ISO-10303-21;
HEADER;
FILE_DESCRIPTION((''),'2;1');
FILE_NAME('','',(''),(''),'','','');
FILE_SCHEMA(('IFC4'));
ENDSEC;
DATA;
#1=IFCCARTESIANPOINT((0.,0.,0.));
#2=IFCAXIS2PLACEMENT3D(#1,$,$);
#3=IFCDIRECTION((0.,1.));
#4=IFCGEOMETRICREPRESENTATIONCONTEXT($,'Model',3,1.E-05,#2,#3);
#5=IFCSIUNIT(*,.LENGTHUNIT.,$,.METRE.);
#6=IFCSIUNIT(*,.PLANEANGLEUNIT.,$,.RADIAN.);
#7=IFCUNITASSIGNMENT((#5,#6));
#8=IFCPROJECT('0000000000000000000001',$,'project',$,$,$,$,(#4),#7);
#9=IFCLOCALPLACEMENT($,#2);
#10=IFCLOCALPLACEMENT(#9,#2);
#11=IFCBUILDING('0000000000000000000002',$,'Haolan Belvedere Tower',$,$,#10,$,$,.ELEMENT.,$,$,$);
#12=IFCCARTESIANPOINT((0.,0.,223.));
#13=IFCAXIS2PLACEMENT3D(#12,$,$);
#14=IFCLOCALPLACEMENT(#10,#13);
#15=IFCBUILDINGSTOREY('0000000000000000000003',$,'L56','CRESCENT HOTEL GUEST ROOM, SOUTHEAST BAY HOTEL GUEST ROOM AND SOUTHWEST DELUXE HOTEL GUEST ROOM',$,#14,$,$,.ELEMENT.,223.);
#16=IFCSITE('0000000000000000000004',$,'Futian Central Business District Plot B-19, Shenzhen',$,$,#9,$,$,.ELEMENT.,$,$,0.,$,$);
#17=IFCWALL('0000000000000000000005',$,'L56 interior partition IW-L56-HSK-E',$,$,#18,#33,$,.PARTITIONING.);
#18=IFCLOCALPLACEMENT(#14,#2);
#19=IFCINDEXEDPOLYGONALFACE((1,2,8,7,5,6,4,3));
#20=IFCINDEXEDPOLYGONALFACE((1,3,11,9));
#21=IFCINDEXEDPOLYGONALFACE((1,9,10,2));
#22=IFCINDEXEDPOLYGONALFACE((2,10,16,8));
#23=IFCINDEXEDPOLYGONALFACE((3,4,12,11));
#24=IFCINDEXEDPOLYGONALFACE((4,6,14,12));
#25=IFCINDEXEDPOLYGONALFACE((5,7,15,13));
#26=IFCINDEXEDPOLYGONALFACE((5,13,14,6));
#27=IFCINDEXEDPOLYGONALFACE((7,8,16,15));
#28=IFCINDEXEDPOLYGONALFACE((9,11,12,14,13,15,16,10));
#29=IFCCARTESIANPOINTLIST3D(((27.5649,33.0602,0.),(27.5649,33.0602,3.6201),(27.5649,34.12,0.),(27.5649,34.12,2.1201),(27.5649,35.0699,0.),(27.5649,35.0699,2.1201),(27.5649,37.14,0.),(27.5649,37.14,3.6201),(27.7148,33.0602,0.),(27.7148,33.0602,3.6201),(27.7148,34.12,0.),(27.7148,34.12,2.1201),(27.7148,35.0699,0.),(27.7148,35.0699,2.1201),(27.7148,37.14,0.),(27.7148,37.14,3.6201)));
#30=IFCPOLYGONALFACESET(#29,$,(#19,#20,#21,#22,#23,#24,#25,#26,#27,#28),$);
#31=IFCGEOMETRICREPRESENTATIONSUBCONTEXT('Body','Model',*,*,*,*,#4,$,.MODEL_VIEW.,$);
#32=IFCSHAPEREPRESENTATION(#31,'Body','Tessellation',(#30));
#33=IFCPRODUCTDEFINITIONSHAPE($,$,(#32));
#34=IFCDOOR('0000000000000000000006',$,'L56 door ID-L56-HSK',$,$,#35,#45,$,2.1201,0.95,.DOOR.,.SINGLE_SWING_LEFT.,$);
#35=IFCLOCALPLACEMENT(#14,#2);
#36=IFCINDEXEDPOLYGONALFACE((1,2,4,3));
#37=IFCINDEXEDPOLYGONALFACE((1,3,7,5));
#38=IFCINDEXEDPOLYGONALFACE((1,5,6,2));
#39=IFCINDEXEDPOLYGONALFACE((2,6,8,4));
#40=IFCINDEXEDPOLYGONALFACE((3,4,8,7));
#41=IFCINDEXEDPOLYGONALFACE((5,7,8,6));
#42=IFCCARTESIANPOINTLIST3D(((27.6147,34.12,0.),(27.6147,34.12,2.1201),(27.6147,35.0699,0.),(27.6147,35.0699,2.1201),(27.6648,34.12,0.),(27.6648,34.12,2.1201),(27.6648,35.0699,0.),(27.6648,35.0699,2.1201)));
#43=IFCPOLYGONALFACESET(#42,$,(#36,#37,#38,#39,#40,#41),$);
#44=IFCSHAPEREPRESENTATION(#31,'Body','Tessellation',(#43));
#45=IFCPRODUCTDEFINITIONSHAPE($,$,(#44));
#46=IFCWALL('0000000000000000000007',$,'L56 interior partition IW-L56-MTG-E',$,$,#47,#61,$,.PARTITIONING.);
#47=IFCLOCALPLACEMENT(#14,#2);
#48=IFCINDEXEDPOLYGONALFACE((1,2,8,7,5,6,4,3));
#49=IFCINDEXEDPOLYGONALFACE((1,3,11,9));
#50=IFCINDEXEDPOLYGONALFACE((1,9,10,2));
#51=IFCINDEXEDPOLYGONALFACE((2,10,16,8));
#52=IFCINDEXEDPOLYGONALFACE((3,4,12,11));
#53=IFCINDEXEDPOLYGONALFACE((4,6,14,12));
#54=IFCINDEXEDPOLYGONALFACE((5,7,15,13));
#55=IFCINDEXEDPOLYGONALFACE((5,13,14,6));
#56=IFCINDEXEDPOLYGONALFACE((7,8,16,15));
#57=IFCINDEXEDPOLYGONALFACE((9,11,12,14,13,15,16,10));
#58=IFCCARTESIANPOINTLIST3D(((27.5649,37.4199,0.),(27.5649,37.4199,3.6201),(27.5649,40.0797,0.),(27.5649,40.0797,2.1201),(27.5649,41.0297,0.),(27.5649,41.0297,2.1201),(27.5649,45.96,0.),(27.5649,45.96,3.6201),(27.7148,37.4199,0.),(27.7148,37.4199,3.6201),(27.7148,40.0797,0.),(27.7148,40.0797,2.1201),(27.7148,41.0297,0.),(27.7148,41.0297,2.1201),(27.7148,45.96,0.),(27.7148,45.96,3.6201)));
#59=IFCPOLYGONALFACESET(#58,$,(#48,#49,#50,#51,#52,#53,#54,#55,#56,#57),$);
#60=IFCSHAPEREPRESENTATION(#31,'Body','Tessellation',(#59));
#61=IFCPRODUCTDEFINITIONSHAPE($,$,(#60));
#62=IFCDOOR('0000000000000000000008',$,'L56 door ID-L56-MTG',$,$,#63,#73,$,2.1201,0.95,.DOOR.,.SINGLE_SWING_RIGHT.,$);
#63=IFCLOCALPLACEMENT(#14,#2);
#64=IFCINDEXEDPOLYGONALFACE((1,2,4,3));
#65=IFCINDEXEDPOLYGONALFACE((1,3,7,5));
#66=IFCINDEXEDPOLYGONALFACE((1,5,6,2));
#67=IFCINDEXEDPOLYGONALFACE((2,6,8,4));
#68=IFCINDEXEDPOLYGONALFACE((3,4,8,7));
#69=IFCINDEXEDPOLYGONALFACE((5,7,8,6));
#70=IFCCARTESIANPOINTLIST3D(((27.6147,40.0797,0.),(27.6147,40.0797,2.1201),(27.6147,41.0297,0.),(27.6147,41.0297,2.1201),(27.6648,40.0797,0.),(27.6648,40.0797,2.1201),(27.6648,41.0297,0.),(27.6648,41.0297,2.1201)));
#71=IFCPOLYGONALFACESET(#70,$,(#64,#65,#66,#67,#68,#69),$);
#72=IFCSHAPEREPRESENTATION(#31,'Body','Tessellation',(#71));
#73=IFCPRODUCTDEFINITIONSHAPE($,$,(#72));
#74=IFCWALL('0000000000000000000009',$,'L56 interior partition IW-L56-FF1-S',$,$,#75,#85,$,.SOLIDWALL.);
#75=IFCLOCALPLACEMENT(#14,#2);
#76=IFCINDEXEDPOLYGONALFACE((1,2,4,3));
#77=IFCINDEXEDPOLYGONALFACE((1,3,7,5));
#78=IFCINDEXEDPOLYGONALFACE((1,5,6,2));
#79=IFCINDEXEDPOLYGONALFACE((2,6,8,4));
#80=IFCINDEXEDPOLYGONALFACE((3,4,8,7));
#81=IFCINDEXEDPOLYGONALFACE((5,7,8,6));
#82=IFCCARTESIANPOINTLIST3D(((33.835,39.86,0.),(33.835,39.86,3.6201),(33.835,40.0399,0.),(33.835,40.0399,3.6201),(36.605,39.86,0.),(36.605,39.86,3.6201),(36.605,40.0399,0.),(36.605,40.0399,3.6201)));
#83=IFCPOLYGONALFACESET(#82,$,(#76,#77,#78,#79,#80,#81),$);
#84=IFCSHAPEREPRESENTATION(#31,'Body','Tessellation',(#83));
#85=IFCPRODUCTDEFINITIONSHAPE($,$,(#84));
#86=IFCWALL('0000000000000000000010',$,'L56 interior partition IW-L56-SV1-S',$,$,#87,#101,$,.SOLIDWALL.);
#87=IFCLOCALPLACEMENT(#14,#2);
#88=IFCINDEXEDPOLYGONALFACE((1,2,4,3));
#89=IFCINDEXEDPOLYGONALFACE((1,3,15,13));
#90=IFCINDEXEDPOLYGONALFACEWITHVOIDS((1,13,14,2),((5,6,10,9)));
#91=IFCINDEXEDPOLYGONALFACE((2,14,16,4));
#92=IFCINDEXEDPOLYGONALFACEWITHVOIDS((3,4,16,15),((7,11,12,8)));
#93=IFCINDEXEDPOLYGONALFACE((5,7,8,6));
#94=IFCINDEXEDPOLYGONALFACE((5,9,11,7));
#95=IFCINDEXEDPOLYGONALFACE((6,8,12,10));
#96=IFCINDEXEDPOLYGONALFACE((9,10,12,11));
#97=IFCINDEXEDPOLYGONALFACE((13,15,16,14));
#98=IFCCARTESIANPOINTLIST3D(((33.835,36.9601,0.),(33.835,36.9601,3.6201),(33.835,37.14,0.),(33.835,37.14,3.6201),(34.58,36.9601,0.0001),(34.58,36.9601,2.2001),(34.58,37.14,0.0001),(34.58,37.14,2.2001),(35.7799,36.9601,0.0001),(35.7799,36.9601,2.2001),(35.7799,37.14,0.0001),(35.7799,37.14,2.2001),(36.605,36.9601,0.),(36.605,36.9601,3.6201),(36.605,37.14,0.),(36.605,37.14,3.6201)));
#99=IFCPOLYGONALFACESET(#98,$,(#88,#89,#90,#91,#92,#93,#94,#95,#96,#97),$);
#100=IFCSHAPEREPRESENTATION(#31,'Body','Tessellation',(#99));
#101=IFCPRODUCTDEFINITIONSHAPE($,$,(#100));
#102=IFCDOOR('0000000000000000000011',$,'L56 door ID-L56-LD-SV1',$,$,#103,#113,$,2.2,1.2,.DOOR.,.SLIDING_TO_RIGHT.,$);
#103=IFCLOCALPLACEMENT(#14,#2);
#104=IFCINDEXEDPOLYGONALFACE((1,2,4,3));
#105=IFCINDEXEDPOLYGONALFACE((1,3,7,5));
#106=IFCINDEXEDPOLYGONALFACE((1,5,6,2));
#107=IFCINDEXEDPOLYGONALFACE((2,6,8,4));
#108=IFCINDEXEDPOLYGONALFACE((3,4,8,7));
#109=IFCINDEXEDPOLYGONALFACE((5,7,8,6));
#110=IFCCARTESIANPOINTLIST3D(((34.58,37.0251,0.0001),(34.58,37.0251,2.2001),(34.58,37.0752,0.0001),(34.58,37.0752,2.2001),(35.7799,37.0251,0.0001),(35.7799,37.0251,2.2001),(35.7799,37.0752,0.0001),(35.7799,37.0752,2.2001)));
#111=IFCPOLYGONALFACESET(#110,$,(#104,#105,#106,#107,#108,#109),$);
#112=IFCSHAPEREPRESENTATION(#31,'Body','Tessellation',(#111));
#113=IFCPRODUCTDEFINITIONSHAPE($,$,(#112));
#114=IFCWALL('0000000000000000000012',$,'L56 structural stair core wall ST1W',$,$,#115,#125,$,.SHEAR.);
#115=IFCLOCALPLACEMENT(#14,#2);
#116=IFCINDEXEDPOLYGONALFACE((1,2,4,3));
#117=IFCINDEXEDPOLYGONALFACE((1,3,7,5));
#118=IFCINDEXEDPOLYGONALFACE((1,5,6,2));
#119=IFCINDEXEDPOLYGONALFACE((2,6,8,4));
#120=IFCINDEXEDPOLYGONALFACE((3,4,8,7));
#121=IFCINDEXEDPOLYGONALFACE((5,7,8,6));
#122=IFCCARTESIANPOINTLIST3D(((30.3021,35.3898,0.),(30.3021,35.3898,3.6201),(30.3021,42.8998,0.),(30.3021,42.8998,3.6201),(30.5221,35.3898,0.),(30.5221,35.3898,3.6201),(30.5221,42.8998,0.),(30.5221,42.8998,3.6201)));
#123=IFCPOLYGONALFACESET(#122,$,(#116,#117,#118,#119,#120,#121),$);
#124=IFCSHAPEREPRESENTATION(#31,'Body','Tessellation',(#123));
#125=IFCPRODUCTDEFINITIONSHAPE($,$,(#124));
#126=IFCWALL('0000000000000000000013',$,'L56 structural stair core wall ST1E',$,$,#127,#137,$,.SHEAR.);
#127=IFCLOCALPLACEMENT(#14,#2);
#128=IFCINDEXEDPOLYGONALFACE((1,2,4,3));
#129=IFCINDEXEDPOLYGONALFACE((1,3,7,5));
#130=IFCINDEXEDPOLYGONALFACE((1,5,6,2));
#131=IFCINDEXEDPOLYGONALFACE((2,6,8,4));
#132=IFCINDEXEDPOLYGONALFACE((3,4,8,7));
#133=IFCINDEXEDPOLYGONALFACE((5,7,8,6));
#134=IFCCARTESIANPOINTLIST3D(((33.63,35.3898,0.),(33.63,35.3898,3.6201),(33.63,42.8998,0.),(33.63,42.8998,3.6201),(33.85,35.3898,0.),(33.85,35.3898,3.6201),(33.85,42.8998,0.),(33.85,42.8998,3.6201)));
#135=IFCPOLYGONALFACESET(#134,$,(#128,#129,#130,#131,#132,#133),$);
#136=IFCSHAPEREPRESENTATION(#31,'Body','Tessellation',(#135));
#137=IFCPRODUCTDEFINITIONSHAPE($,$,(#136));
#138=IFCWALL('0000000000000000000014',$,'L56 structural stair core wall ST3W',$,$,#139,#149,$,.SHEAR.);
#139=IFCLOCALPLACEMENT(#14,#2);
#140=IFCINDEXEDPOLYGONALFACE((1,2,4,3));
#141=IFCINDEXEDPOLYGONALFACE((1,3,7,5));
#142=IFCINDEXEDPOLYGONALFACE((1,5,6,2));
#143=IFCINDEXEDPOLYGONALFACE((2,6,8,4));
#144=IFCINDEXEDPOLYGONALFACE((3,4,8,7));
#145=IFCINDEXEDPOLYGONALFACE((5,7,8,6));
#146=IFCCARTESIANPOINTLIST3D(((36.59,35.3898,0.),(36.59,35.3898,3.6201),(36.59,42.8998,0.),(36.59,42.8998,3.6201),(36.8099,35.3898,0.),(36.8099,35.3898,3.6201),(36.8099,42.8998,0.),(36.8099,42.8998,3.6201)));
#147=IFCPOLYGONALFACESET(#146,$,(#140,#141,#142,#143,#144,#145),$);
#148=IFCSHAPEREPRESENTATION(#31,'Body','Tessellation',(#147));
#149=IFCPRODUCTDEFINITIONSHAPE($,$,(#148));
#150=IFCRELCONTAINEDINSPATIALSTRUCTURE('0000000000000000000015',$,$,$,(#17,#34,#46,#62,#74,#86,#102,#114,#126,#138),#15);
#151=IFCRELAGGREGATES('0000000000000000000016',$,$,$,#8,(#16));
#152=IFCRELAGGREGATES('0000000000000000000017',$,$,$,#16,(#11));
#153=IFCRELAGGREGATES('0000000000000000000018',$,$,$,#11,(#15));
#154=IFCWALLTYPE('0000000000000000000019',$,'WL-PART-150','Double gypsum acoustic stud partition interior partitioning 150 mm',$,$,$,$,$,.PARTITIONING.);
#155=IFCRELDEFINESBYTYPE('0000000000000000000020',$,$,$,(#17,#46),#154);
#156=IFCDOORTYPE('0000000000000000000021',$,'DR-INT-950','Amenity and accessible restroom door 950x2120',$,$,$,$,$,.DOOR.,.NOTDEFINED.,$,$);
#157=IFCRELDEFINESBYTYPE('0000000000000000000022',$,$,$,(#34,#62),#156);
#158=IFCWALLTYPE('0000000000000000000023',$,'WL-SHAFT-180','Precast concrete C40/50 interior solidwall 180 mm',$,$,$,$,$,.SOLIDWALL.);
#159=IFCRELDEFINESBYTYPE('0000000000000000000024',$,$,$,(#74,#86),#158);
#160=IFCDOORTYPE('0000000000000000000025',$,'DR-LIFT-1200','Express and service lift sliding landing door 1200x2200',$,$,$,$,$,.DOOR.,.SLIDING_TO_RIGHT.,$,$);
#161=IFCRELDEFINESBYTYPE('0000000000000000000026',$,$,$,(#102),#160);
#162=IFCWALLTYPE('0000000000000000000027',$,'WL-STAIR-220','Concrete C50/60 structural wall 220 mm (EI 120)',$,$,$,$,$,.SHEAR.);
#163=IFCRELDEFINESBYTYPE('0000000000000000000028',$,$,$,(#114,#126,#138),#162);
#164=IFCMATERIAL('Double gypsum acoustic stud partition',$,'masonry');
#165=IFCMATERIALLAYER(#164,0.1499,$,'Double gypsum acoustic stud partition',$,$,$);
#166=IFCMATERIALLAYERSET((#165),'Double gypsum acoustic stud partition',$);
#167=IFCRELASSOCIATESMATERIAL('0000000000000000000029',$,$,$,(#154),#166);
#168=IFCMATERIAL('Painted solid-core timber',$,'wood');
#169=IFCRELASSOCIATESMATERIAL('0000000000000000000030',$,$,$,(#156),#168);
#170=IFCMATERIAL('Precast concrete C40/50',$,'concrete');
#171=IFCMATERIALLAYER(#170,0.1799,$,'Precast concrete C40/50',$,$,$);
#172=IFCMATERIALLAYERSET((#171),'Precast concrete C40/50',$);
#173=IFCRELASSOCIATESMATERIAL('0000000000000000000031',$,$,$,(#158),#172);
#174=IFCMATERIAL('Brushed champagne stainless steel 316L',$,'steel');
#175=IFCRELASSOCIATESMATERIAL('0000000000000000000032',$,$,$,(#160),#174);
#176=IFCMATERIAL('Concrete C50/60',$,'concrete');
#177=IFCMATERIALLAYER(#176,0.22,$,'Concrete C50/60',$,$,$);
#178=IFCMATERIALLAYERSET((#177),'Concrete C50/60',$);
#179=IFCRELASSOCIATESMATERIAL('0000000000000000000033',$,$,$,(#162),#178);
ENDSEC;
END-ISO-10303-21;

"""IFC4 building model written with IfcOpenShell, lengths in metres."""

from ifc_helpers import new_model, si_unit, direction, frame, frame_2d, origin, place, context, subcontext, project, spatial, rectangle, extrude, material, layer, layer_set, type_object, element, fill, save


model = new_model("IFC4")

# Units and contexts
model_context = context("Model", 3, precision=1e-05, world=origin(), true_north=direction((0.0, 1.0)))
body_context = subcontext(model_context, "Body", "Model", "MODEL_VIEW")
ifc_project = project(units=[si_unit("LENGTHUNIT", "METRE"), si_unit("PLANEANGLEUNIT", "RADIAN")], contexts=[model_context])

# Site, building, storey
site_placement = place(None, origin())
site = spatial("IfcSite", under=ifc_project, at=site_placement, Name="Futian Central Business District Plot B-19, Shenzhen", CompositionType="ELEMENT", RefElevation=0.0)
building_placement = place(site_placement, origin())
building = spatial("IfcBuilding", under=site, at=building_placement, Name="Haolan Belvedere Tower", CompositionType="ELEMENT")
storey_placement = place(building_placement, frame((0.0, 0.0, 223.0)))
storey = spatial("IfcBuildingStorey", under=building, at=storey_placement, Name="L56", Description="CRESCENT HOTEL GUEST ROOM, SOUTHEAST BAY HOTEL GUEST ROOM AND SOUTHWEST DELUXE HOTEL GUEST ROOM", CompositionType="ELEMENT", Elevation=223.0)

# Walls, openings, doors
ifc_material_1 = material(Name="Double gypsum acoustic stud partition", Category="masonry")
ifc_layer_1 = layer(ifc_material_1, 0.1499, Name="Double gypsum acoustic stud partition")
ifc_layer_set_1 = layer_set([ifc_layer_1], Name="Double gypsum acoustic stud partition")
wall_type_1 = type_object("IfcWallType", Name="WL-PART-150", Description="Double gypsum acoustic stud partition interior partitioning 150 mm", PredefinedType="PARTITIONING", material=ifc_layer_set_1)
wall_1_placement = place(storey_placement, frame((27.6399, 33.0601, 0.0), z_axis=(0.0, 0.0, 1.0), x_axis=(0.0, 1.0, 0.0)))
wall_1 = element("IfcWall", 1, at=wall_1_placement, inside=storey, type_object=wall_type_1, Name="L56 interior partition IW-L56-HSK-E", PredefinedType="PARTITIONING", context=body_context, shape_type="SweptSolid", body=[
    extrude(rectangle(XDim=4.0798, YDim=0.1499, at=frame_2d((2.04, 0.0))), origin(), (0.0, 0.0, 1.0), 3.6201),
])
opening_1_placement = place(wall_1_placement, frame((2.01, 0.0, 0.0), z_axis=(0.0, 0.0, 1.0), x_axis=(-1.0, 0.0, 0.0)))
opening_1 = element("IfcOpeningElement", 2, at=opening_1_placement, cuts=wall_1, PredefinedType="OPENING", context=body_context, shape_type="SweptSolid", body=[
    extrude(rectangle(XDim=0.95, YDim=2.1201, at=frame_2d((0.4751, 1.0601))), frame((0.0, 0.085, 0.0), z_axis=(0.0, -1.0, 0.0), x_axis=(1.0, 0.0, 0.0)), (0.0, 0.0, 1.0), 0.1699),
])
ifc_material_2 = material(Name="Painted solid-core timber", Category="wood")
door_type_1 = type_object("IfcDoorType", Name="DR-INT-950", Description="Amenity and accessible restroom door 950x2120", OperationType="NOTDEFINED", PredefinedType="DOOR", material=ifc_material_2)
door_1_placement = place(opening_1_placement, origin())
door_1 = element("IfcDoor", 3, at=door_1_placement, inside=storey, type_object=door_type_1, Name="L56 door ID-L56-HSK", OperationType="SINGLE_SWING_LEFT", OverallHeight=2.1201, OverallWidth=0.95, PredefinedType="DOOR", context=body_context, shape_type="SweptSolid", body=[
    extrude(rectangle(XDim=0.95, YDim=2.1201, at=frame_2d((0.4751, 1.0601))), frame((0.0, 0.0249, 0.0), z_axis=(0.0, -1.0, 0.0), x_axis=(1.0, 0.0, 0.0)), (0.0, 0.0, 1.0), 0.05),
])
fill(opening_1, door_1)
wall_2_placement = place(storey_placement, frame((27.6399, 37.4199, 0.0), z_axis=(0.0, 0.0, 1.0), x_axis=(0.0, 1.0, 0.0)))
wall_2 = element("IfcWall", 4, at=wall_2_placement, inside=storey, type_object=wall_type_1, Name="L56 interior partition IW-L56-MTG-E", PredefinedType="PARTITIONING", context=body_context, shape_type="SweptSolid", body=[
    extrude(rectangle(XDim=8.54, YDim=0.1499, at=frame_2d((4.27, 0.0))), origin(), (0.0, 0.0, 1.0), 3.6201),
])
opening_2_placement = place(wall_2_placement, frame((3.6099, 0.0, 0.0), z_axis=(0.0, 0.0, 1.0), x_axis=(-1.0, 0.0, 0.0)))
opening_2 = element("IfcOpeningElement", 5, at=opening_2_placement, cuts=wall_2, PredefinedType="OPENING", context=body_context, shape_type="SweptSolid", body=[
    extrude(rectangle(XDim=0.95, YDim=2.1201, at=frame_2d((0.4751, 1.0601))), frame((0.0, 0.085, 0.0), z_axis=(0.0, -1.0, 0.0), x_axis=(1.0, 0.0, 0.0)), (0.0, 0.0, 1.0), 0.1699),
])
door_2_placement = place(opening_2_placement, origin())
door_2 = element("IfcDoor", 6, at=door_2_placement, inside=storey, type_object=door_type_1, Name="L56 door ID-L56-MTG", OperationType="SINGLE_SWING_RIGHT", OverallHeight=2.1201, OverallWidth=0.95, PredefinedType="DOOR", context=body_context, shape_type="SweptSolid", body=[
    extrude(rectangle(XDim=0.95, YDim=2.1201, at=frame_2d((0.4751, 1.0601))), frame((0.0, 0.0249, 0.0), z_axis=(0.0, -1.0, 0.0), x_axis=(1.0, 0.0, 0.0)), (0.0, 0.0, 1.0), 0.05),
])
fill(opening_2, door_2)

# Wall
ifc_material_3 = material(Name="Precast concrete C40/50", Category="concrete")
ifc_layer_2 = layer(ifc_material_3, 0.1799, Name="Precast concrete C40/50")
ifc_layer_set_2 = layer_set([ifc_layer_2], Name="Precast concrete C40/50")
wall_type_2 = type_object("IfcWallType", Name="WL-SHAFT-180", Description="Precast concrete C40/50 interior solidwall 180 mm", PredefinedType="SOLIDWALL", material=ifc_layer_set_2)
wall_3_placement = place(storey_placement, frame((33.835, 39.95, 0.0), z_axis=(0.0, 0.0, 1.0), x_axis=(1.0, 0.0, 0.0)))
element("IfcWall", 7, at=wall_3_placement, inside=storey, type_object=wall_type_2, Name="L56 interior partition IW-L56-FF1-S", PredefinedType="SOLIDWALL", context=body_context, shape_type="SweptSolid", body=[
    extrude(rectangle(XDim=2.77, YDim=0.1799, at=frame_2d((1.385, 0.0))), origin(), (0.0, 0.0, 1.0), 3.6201),
])

# Wall, opening, door
wall_4_placement = place(storey_placement, frame((33.835, 37.05, 0.0), z_axis=(0.0, 0.0, 1.0), x_axis=(1.0, 0.0, 0.0)))
wall_4 = element("IfcWall", 8, at=wall_4_placement, inside=storey, type_object=wall_type_2, Name="L56 interior partition IW-L56-SV1-S", PredefinedType="SOLIDWALL", context=body_context, shape_type="SweptSolid", body=[
    extrude(rectangle(XDim=2.77, YDim=0.1799, at=frame_2d((1.385, 0.0))), origin(), (0.0, 0.0, 1.0), 3.6201),
])
opening_3_placement = place(wall_4_placement, frame((1.9451, 0.0, 0.0), z_axis=(0.0, 0.0, 1.0), x_axis=(-1.0, 0.0, 0.0)))
opening_3 = element("IfcOpeningElement", 9, at=opening_3_placement, cuts=wall_4, PredefinedType="OPENING", context=body_context, shape_type="SweptSolid", body=[
    extrude(rectangle(XDim=1.2, YDim=2.2, at=frame_2d((0.6001, 1.1001))), frame((0.0, 0.0999, 0.0), z_axis=(0.0, -1.0, 0.0), x_axis=(1.0, 0.0, 0.0)), (0.0, 0.0, 1.0), 0.2),
])
ifc_material_4 = material(Name="Brushed champagne stainless steel 316L", Category="steel")
door_type_2 = type_object("IfcDoorType", Name="DR-LIFT-1200", Description="Express and service lift sliding landing door 1200x2200", OperationType="SLIDING_TO_RIGHT", PredefinedType="DOOR", material=ifc_material_4)
door_3_placement = place(opening_3_placement, origin())
door_3 = element("IfcDoor", 10, at=door_3_placement, inside=storey, type_object=door_type_2, Name="L56 door ID-L56-LD-SV1", OperationType="SLIDING_TO_RIGHT", OverallHeight=2.2, OverallWidth=1.2, PredefinedType="DOOR", context=body_context, shape_type="SweptSolid", body=[
    extrude(rectangle(XDim=1.2, YDim=2.2, at=frame_2d((0.6001, 1.1001))), frame((0.0, 0.0249, 0.0), z_axis=(0.0, -1.0, 0.0), x_axis=(1.0, 0.0, 0.0)), (0.0, 0.0, 1.0), 0.05),
])
fill(opening_3, door_3)

# Walls
ifc_material_5 = material(Name="Concrete C50/60", Category="concrete")
ifc_layer_3 = layer(ifc_material_5, 0.22, Name="Concrete C50/60")
ifc_layer_set_3 = layer_set([ifc_layer_3], Name="Concrete C50/60")
wall_type_3 = type_object("IfcWallType", Name="WL-STAIR-220", Description="Concrete C50/60 structural wall 220 mm (EI 120)", PredefinedType="SHEAR", material=ifc_layer_set_3)
for number, where, z_axis, x_axis, name in (
    (11, (30.4121, 35.3899, 0.0), (0.0, 0.0, 1.0), (0.0, 1.0, 0.0), "L56 structural stair core wall ST1W"),
    (12, (33.74, 35.3899, 0.0), (0.0, 0.0, 1.0), (0.0, 1.0, 0.0), "L56 structural stair core wall ST1E"),
    (13, (36.7, 35.3899, 0.0), (0.0, 0.0, 1.0), (0.0, 1.0, 0.0), "L56 structural stair core wall ST3W"),
):
    element("IfcWall", number, at=place(storey_placement, frame(where, z_axis=z_axis, x_axis=x_axis)), inside=storey, type_object=wall_type_3, Name=name, PredefinedType="SHEAR", context=body_context, shape_type="SweptSolid", body=[
        extrude(rectangle(XDim=7.51, YDim=0.22, at=frame_2d((3.7549, 0.0))), origin(), (0.0, 0.0, 1.0), 3.6201),
    ])

save(model, "model.ifc")
